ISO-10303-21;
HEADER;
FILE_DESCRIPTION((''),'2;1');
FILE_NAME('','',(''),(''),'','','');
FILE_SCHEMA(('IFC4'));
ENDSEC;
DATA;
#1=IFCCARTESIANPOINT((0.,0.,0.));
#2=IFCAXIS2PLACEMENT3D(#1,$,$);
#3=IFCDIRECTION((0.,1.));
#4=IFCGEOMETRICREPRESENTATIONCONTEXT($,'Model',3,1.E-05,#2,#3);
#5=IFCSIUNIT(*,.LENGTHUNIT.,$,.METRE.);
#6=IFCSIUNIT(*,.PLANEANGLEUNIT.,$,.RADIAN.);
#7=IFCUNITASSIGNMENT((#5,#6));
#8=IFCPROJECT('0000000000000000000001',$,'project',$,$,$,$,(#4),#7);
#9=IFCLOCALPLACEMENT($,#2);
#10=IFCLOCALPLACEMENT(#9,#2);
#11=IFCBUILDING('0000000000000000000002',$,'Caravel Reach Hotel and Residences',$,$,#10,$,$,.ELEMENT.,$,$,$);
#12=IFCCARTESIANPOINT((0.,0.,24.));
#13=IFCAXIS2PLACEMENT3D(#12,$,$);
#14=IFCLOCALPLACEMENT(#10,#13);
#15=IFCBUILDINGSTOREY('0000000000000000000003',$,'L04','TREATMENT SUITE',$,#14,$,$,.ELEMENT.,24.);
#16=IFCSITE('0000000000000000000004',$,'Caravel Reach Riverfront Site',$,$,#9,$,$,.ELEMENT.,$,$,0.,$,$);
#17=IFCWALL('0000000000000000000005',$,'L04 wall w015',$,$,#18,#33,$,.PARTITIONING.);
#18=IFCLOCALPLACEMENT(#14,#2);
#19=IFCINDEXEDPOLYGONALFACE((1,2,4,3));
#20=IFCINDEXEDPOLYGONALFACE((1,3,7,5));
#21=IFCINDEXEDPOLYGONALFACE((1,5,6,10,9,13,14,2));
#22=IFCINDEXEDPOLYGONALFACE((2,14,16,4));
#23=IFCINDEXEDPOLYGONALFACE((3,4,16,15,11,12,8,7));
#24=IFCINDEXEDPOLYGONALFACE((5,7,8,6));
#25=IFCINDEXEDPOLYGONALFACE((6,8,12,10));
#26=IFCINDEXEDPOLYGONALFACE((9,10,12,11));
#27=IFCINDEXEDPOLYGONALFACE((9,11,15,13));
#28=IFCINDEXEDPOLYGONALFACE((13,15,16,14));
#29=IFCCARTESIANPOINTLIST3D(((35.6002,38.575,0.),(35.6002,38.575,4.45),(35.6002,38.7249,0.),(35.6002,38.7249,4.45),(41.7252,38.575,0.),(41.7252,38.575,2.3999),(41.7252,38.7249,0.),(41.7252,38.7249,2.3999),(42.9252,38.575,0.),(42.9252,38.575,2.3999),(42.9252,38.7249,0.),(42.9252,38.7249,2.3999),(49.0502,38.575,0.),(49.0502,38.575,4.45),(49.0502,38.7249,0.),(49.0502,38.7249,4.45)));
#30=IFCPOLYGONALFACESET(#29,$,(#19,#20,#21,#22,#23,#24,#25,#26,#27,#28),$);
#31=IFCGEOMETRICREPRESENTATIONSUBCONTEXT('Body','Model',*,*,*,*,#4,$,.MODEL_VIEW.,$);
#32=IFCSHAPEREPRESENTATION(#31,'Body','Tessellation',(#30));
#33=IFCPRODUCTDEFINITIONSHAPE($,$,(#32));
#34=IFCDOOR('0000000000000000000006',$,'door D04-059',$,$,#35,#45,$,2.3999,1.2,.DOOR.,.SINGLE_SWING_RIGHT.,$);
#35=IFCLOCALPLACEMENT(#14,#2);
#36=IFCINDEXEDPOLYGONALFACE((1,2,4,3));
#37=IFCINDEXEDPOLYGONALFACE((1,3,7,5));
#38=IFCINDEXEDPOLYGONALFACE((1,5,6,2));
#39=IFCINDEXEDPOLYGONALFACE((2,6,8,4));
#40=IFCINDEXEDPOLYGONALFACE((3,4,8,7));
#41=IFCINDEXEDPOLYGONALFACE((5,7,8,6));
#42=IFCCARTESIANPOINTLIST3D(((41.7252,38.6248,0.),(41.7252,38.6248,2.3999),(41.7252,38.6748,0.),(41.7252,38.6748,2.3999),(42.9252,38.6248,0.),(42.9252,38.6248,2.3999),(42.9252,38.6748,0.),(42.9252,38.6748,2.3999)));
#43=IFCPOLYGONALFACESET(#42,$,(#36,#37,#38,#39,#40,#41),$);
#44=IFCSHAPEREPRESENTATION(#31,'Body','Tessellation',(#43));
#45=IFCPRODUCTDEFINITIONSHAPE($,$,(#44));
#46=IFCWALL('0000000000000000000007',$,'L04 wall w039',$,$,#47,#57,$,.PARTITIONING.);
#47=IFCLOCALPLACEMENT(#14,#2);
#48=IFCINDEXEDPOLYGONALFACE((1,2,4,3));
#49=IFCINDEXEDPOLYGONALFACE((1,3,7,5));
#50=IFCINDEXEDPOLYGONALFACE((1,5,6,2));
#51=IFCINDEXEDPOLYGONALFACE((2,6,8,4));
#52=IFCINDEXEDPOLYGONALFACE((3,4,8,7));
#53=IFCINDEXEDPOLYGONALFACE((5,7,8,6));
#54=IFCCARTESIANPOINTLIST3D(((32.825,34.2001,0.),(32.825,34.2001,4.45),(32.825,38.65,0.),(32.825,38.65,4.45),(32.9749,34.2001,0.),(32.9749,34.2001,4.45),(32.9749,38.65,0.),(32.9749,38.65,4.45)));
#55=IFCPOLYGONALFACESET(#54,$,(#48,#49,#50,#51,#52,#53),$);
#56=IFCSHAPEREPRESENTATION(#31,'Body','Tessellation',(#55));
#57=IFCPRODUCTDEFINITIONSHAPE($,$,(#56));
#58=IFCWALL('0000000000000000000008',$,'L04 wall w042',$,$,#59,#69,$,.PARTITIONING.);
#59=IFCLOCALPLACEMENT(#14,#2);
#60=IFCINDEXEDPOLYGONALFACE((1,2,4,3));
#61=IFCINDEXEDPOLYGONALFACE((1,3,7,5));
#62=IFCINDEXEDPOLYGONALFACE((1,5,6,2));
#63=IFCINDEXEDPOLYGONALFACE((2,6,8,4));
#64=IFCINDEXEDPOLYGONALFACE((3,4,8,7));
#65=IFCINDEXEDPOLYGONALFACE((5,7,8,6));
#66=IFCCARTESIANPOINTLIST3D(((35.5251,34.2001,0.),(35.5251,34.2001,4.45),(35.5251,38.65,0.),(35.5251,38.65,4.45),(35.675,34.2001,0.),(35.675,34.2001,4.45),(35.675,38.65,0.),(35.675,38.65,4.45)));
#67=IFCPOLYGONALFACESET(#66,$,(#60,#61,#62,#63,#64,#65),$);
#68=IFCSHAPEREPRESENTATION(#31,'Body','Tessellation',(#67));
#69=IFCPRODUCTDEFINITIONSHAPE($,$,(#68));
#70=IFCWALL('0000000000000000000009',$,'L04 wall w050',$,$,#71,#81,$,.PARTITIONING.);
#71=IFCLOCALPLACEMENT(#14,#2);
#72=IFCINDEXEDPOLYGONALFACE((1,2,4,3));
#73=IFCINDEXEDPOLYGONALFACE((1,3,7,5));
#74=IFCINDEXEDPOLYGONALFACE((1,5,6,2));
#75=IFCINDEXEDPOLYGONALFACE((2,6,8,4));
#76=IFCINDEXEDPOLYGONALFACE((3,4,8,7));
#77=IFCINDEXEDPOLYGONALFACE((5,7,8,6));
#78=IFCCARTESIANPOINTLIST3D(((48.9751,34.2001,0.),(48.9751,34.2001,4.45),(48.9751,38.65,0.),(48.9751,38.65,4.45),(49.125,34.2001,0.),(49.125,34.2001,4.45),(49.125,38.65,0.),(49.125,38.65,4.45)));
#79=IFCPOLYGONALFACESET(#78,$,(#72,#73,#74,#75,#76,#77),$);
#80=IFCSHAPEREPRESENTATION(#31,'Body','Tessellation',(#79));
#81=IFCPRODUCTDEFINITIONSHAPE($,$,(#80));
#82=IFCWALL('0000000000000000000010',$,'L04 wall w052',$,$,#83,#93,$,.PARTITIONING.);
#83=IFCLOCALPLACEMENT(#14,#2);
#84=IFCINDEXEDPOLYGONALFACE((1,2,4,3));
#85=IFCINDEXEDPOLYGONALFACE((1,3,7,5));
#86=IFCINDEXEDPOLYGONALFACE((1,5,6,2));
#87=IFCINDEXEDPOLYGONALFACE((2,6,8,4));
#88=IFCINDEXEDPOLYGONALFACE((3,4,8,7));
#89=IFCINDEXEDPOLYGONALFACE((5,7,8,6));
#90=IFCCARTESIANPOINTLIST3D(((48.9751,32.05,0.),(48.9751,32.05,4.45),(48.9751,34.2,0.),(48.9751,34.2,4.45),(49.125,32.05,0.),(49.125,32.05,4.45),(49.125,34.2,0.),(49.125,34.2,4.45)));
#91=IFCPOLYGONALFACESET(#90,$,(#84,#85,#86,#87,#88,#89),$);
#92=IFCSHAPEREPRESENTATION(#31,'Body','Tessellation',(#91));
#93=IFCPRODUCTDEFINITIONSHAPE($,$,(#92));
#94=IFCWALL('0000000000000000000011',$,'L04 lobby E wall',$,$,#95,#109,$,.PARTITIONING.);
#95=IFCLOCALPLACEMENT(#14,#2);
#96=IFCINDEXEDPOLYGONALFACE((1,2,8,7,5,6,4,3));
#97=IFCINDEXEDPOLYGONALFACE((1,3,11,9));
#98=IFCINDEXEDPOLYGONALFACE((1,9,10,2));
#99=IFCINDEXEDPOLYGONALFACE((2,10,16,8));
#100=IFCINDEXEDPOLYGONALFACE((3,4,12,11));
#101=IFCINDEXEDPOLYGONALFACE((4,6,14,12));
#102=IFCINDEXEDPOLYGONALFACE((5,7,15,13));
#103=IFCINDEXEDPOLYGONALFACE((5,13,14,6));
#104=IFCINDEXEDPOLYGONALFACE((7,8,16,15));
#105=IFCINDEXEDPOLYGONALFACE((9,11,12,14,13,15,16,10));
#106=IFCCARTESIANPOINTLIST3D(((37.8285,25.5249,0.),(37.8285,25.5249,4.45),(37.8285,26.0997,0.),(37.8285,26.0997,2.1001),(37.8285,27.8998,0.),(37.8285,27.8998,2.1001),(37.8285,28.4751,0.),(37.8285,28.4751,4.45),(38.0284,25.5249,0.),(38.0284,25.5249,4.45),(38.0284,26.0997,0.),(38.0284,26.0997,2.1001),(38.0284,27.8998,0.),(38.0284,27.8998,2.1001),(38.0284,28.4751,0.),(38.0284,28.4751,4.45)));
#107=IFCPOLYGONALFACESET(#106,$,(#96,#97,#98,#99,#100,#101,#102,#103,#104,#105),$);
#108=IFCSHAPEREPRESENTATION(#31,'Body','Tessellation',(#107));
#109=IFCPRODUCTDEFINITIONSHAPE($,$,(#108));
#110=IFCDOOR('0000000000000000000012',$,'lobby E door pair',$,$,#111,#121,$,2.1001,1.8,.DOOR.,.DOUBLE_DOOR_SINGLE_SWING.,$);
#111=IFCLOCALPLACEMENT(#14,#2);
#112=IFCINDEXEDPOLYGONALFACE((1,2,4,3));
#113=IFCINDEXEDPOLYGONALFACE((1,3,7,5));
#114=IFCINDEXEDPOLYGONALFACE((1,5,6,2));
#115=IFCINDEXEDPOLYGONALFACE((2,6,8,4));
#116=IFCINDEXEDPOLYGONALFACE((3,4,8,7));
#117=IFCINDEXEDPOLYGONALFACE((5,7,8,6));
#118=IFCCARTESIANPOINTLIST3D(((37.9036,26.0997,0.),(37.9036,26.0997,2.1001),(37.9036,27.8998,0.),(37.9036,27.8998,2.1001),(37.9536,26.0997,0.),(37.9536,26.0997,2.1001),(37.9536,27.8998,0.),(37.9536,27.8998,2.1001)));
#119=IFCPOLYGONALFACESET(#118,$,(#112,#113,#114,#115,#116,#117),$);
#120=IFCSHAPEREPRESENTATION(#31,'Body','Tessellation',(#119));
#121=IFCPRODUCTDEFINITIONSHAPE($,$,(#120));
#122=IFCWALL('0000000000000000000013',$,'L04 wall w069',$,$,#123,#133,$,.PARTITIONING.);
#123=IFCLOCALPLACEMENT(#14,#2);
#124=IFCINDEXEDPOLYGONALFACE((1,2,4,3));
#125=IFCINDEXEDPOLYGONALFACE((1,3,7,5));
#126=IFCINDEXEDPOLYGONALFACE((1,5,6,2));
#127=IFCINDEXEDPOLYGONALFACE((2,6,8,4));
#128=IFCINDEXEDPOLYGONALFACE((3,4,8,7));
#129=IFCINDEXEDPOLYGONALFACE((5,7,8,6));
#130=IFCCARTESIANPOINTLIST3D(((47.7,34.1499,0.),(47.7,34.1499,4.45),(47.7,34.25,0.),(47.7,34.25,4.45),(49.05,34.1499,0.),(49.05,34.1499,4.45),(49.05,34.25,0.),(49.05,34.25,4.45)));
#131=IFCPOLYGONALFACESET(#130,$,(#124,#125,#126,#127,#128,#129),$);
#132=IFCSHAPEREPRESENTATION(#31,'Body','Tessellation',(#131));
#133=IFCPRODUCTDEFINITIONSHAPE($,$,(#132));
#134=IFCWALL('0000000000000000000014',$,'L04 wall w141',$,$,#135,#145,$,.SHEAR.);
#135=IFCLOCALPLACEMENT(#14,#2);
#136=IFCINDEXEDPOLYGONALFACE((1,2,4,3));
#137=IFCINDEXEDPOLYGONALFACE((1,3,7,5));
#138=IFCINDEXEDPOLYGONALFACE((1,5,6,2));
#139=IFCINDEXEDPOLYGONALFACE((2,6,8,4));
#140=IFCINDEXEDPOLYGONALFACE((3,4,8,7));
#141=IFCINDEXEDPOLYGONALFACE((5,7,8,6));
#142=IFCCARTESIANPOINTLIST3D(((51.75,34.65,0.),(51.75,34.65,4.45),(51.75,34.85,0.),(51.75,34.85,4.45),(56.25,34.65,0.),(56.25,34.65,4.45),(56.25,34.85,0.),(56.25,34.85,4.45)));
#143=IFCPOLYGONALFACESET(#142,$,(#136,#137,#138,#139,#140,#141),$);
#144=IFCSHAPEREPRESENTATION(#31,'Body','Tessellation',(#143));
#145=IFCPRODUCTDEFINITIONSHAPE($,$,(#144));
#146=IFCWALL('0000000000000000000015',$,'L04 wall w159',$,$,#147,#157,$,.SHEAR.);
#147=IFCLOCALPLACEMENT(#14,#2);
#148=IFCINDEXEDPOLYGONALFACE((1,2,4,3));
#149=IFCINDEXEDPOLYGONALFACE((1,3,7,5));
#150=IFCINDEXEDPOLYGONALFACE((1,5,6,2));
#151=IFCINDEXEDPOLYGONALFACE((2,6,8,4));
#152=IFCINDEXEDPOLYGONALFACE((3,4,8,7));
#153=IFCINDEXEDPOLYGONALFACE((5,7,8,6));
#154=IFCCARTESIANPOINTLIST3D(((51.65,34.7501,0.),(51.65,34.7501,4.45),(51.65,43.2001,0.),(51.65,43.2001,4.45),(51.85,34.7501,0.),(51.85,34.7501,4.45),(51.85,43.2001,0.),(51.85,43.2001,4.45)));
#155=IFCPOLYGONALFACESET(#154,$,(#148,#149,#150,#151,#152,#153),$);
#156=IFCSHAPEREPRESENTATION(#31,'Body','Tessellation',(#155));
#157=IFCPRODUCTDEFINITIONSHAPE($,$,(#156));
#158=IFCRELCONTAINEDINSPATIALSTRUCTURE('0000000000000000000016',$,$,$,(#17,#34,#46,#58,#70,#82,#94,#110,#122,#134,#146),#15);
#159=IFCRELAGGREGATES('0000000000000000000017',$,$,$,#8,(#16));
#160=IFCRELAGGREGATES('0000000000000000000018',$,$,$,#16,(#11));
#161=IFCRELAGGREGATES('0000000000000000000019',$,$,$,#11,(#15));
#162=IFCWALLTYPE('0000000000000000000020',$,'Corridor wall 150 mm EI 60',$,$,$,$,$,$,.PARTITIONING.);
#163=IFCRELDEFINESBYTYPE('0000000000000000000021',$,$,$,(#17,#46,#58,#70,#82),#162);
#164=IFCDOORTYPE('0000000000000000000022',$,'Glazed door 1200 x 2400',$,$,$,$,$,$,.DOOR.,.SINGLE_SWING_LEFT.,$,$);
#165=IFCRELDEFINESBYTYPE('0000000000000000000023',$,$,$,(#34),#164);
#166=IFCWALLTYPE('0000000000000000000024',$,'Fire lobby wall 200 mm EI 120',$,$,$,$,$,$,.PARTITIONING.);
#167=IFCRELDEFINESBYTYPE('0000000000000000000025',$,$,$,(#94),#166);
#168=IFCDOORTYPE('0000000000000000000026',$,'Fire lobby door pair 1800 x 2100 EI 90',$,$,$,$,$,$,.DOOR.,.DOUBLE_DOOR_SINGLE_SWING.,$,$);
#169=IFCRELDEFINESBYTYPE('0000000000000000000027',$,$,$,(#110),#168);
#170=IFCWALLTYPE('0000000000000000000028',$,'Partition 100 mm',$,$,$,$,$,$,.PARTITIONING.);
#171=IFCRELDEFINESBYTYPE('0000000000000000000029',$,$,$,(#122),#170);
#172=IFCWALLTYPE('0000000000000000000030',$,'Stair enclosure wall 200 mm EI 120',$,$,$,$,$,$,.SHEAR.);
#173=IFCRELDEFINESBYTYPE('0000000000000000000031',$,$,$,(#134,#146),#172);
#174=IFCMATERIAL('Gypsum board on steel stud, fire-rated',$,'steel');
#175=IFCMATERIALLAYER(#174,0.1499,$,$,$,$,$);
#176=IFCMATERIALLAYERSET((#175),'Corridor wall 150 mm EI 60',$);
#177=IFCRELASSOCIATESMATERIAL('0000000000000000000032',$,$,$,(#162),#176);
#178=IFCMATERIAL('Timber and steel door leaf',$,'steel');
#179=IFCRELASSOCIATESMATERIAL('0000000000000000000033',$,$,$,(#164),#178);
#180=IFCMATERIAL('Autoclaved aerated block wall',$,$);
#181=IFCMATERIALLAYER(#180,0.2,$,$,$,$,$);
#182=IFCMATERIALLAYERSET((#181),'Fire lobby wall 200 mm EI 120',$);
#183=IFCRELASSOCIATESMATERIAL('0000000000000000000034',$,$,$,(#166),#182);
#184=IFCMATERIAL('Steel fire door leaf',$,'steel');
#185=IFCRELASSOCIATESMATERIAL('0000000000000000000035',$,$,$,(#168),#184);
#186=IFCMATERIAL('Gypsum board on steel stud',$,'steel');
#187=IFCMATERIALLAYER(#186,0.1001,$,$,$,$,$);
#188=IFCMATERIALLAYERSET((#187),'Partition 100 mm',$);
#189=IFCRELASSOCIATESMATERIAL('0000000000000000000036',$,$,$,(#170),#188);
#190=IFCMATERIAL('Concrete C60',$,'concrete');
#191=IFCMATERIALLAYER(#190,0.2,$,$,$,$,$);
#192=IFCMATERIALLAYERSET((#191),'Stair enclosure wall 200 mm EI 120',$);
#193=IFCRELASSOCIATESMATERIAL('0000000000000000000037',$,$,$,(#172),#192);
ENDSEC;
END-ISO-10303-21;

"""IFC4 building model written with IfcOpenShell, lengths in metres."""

from ifc_helpers import new_model, si_unit, direction, frame, frame_2d, origin, place, context, subcontext, project, spatial, rectangle, extrude, material, layer, layer_set, type_object, element, fill, save


model = new_model("IFC4")

# Units and contexts
model_context = context("Model", 3, precision=1e-05, world=origin(), true_north=direction((0.0, 1.0)))
body_context = subcontext(model_context, "Body", "Model", "MODEL_VIEW")
ifc_project = project(units=[si_unit("LENGTHUNIT", "METRE"), si_unit("PLANEANGLEUNIT", "RADIAN")], contexts=[model_context])

# Site, building, storey
site_placement = place(None, origin())
site = spatial("IfcSite", under=ifc_project, at=site_placement, Name="Caravel Reach Riverfront Site", CompositionType="ELEMENT", RefElevation=0.0)
building_placement = place(site_placement, origin())
building = spatial("IfcBuilding", under=site, at=building_placement, Name="Caravel Reach Hotel and Residences", CompositionType="ELEMENT")
storey_placement = place(building_placement, frame((0.0, 0.0, 24.0)))
storey = spatial("IfcBuildingStorey", under=building, at=storey_placement, Name="L04", Description="TREATMENT SUITE", CompositionType="ELEMENT", Elevation=24.0)

# Shared definitions
ifc_material_1 = material(Name="Gypsum board on steel stud, fire-rated", Category="steel")
ifc_layer_1 = layer(ifc_material_1, 0.1499)
ifc_layer_set_1 = layer_set([ifc_layer_1], Name="Corridor wall 150 mm EI 60")
wall_type_1 = type_object("IfcWallType", Name="Corridor wall 150 mm EI 60", PredefinedType="PARTITIONING", material=ifc_layer_set_1)

# Wall, opening, door
wall_1_placement = place(storey_placement, frame((35.6001, 38.6499, 0.0), z_axis=(0.0, 0.0, 1.0), x_axis=(1.0, 0.0, 0.0)))
wall_1 = element("IfcWall", 1, at=wall_1_placement, inside=storey, type_object=wall_type_1, Name="L04 wall w015", PredefinedType="PARTITIONING", context=body_context, shape_type="SweptSolid", body=[
    extrude(rectangle(XDim=13.45, YDim=0.1499, at=frame_2d((6.7251, 0.0))), origin(), (0.0, 0.0, 1.0), 4.45),
])
opening_1_placement = place(wall_1_placement, frame((6.125, 0.0, 0.0)))
opening_1 = element("IfcOpeningElement", 2, at=opening_1_placement, cuts=wall_1, PredefinedType="OPENING", context=body_context, shape_type="SweptSolid", body=[
    extrude(rectangle(XDim=1.2, YDim=2.3999, at=frame_2d((0.6001, 1.2))), frame((0.0, 0.085, 0.0), z_axis=(0.0, -1.0, 0.0), x_axis=(1.0, 0.0, 0.0)), (0.0, 0.0, 1.0), 0.1699),
])
ifc_material_2 = material(Name="Timber and steel door leaf", Category="steel")
door_type_1 = type_object("IfcDoorType", Name="Glazed door 1200 x 2400", OperationType="SINGLE_SWING_LEFT", PredefinedType="DOOR", material=ifc_material_2)
door_1_placement = place(opening_1_placement, origin())
door_1 = element("IfcDoor", 3, at=door_1_placement, inside=storey, type_object=door_type_1, Name="door D04-059", OperationType="SINGLE_SWING_RIGHT", OverallHeight=2.3999, OverallWidth=1.2, PredefinedType="DOOR", context=body_context, shape_type="SweptSolid", body=[
    extrude(rectangle(XDim=1.2, YDim=2.3999, at=frame_2d((0.6001, 1.2))), frame((0.0, 0.0249, 0.0), z_axis=(0.0, -1.0, 0.0), x_axis=(1.0, 0.0, 0.0)), (0.0, 0.0, 1.0), 0.05),
])
fill(opening_1, door_1)

# Walls
for number, where, z_axis, x_axis, name in (
    (4, (32.8999, 34.2, 0.0), (0.0, 0.0, 1.0), (0.0, 1.0, 0.0), "L04 wall w039"),
    (5, (35.6001, 34.2, 0.0), (0.0, 0.0, 1.0), (0.0, 1.0, 0.0), "L04 wall w042"),
    (6, (49.05, 34.2, 0.0), (0.0, 0.0, 1.0), (0.0, 1.0, 0.0), "L04 wall w050"),
):
    element("IfcWall", number, at=place(storey_placement, frame(where, z_axis=z_axis, x_axis=x_axis)), inside=storey, type_object=wall_type_1, Name=name, PredefinedType="PARTITIONING", context=body_context, shape_type="SweptSolid", body=[
        extrude(rectangle(XDim=4.45, YDim=0.1499, at=frame_2d((2.2251, 0.0))), origin(), (0.0, 0.0, 1.0), 4.45),
    ])
wall_2_placement = place(storey_placement, frame((49.05, 32.05, 0.0), z_axis=(0.0, 0.0, 1.0), x_axis=(0.0, 1.0, 0.0)))
element("IfcWall", 7, at=wall_2_placement, inside=storey, type_object=wall_type_1, Name="L04 wall w052", PredefinedType="PARTITIONING", context=body_context, shape_type="SweptSolid", body=[
    extrude(rectangle(XDim=2.1499, YDim=0.1499, at=frame_2d((1.075, 0.0))), origin(), (0.0, 0.0, 1.0), 4.45),
])

# Wall, opening, door
ifc_material_3 = material(Name="Autoclaved aerated block wall")
ifc_layer_2 = layer(ifc_material_3, 0.2)
ifc_layer_set_2 = layer_set([ifc_layer_2], Name="Fire lobby wall 200 mm EI 120")
wall_type_2 = type_object("IfcWallType", Name="Fire lobby wall 200 mm EI 120", PredefinedType="PARTITIONING", material=ifc_layer_set_2)
wall_3_placement = place(storey_placement, frame((37.9285, 25.5249, 0.0), z_axis=(0.0, 0.0, 1.0), x_axis=(0.0, 1.0, 0.0)))
wall_3 = element("IfcWall", 8, at=wall_3_placement, inside=storey, type_object=wall_type_2, Name="L04 lobby E wall", PredefinedType="PARTITIONING", context=body_context, shape_type="SweptSolid", body=[
    extrude(rectangle(XDim=2.9502, YDim=0.2, at=frame_2d((1.4751, 0.0))), origin(), (0.0, 0.0, 1.0), 4.45),
])
opening_2_placement = place(wall_3_placement, frame((0.575, 0.0, 0.0)))
opening_2 = element("IfcOpeningElement", 9, at=opening_2_placement, cuts=wall_3, PredefinedType="OPENING", context=body_context, shape_type="SweptSolid", body=[
    extrude(rectangle(XDim=1.8, YDim=2.1001, at=frame_2d((0.8999, 1.05))), frame((0.0, 0.1099, 0.0), z_axis=(0.0, -1.0, 0.0), x_axis=(1.0, 0.0, 0.0)), (0.0, 0.0, 1.0), 0.22),
])
ifc_material_4 = material(Name="Steel fire door leaf", Category="steel")
door_type_2 = type_object("IfcDoorType", Name="Fire lobby door pair 1800 x 2100 EI 90", OperationType="DOUBLE_DOOR_SINGLE_SWING", PredefinedType="DOOR", material=ifc_material_4)
door_2_placement = place(opening_2_placement, origin())
door_2 = element("IfcDoor", 10, at=door_2_placement, inside=storey, type_object=door_type_2, Name="lobby E door pair", OperationType="DOUBLE_DOOR_SINGLE_SWING", OverallHeight=2.1001, OverallWidth=1.8, PredefinedType="DOOR", context=body_context, shape_type="SweptSolid", body=[
    extrude(rectangle(XDim=1.8, YDim=2.1001, at=frame_2d((0.8999, 1.05))), frame((0.0, 0.0249, 0.0), z_axis=(0.0, -1.0, 0.0), x_axis=(1.0, 0.0, 0.0)), (0.0, 0.0, 1.0), 0.05),
])
fill(opening_2, door_2)

# Walls
ifc_material_5 = material(Name="Gypsum board on steel stud", Category="steel")
ifc_layer_3 = layer(ifc_material_5, 0.1001)
ifc_layer_set_3 = layer_set([ifc_layer_3], Name="Partition 100 mm")
wall_type_3 = type_object("IfcWallType", Name="Partition 100 mm", PredefinedType="PARTITIONING", material=ifc_layer_set_3)
wall_4_placement = place(storey_placement, frame((47.7, 34.2, 0.0), z_axis=(0.0, 0.0, 1.0), x_axis=(1.0, 0.0, 0.0)))
element("IfcWall", 11, at=wall_4_placement, inside=storey, type_object=wall_type_3, Name="L04 wall w069", PredefinedType="PARTITIONING", context=body_context, shape_type="SweptSolid", body=[
    extrude(rectangle(XDim=1.3501, YDim=0.1001, at=frame_2d((0.675, 0.0))), origin(), (0.0, 0.0, 1.0), 4.45),
])
ifc_material_6 = material(Name="Concrete C60", Category="concrete")
ifc_layer_4 = layer(ifc_material_6, 0.2)
ifc_layer_set_4 = layer_set([ifc_layer_4], Name="Stair enclosure wall 200 mm EI 120")
wall_type_4 = type_object("IfcWallType", Name="Stair enclosure wall 200 mm EI 120", PredefinedType="SHEAR", material=ifc_layer_set_4)
wall_5_placement = place(storey_placement, frame((51.75, 34.75, 0.0), z_axis=(0.0, 0.0, 1.0), x_axis=(1.0, 0.0, 0.0)))
element("IfcWall", 12, at=wall_5_placement, inside=storey, type_object=wall_type_4, Name="L04 wall w141", PredefinedType="SHEAR", context=body_context, shape_type="SweptSolid", body=[
    extrude(rectangle(XDim=4.5, YDim=0.2, at=frame_2d((2.25, 0.0))), origin(), (0.0, 0.0, 1.0), 4.45),
])
wall_6_placement = place(storey_placement, frame((51.75, 34.75, 0.0), z_axis=(0.0, 0.0, 1.0), x_axis=(0.0, 1.0, 0.0)))
element("IfcWall", 13, at=wall_6_placement, inside=storey, type_object=wall_type_4, Name="L04 wall w159", PredefinedType="SHEAR", context=body_context, shape_type="SweptSolid", body=[
    extrude(rectangle(XDim=8.45, YDim=0.2, at=frame_2d((4.2251, 0.0))), origin(), (0.0, 0.0, 1.0), 4.45),
])

save(model, "model.ifc")
